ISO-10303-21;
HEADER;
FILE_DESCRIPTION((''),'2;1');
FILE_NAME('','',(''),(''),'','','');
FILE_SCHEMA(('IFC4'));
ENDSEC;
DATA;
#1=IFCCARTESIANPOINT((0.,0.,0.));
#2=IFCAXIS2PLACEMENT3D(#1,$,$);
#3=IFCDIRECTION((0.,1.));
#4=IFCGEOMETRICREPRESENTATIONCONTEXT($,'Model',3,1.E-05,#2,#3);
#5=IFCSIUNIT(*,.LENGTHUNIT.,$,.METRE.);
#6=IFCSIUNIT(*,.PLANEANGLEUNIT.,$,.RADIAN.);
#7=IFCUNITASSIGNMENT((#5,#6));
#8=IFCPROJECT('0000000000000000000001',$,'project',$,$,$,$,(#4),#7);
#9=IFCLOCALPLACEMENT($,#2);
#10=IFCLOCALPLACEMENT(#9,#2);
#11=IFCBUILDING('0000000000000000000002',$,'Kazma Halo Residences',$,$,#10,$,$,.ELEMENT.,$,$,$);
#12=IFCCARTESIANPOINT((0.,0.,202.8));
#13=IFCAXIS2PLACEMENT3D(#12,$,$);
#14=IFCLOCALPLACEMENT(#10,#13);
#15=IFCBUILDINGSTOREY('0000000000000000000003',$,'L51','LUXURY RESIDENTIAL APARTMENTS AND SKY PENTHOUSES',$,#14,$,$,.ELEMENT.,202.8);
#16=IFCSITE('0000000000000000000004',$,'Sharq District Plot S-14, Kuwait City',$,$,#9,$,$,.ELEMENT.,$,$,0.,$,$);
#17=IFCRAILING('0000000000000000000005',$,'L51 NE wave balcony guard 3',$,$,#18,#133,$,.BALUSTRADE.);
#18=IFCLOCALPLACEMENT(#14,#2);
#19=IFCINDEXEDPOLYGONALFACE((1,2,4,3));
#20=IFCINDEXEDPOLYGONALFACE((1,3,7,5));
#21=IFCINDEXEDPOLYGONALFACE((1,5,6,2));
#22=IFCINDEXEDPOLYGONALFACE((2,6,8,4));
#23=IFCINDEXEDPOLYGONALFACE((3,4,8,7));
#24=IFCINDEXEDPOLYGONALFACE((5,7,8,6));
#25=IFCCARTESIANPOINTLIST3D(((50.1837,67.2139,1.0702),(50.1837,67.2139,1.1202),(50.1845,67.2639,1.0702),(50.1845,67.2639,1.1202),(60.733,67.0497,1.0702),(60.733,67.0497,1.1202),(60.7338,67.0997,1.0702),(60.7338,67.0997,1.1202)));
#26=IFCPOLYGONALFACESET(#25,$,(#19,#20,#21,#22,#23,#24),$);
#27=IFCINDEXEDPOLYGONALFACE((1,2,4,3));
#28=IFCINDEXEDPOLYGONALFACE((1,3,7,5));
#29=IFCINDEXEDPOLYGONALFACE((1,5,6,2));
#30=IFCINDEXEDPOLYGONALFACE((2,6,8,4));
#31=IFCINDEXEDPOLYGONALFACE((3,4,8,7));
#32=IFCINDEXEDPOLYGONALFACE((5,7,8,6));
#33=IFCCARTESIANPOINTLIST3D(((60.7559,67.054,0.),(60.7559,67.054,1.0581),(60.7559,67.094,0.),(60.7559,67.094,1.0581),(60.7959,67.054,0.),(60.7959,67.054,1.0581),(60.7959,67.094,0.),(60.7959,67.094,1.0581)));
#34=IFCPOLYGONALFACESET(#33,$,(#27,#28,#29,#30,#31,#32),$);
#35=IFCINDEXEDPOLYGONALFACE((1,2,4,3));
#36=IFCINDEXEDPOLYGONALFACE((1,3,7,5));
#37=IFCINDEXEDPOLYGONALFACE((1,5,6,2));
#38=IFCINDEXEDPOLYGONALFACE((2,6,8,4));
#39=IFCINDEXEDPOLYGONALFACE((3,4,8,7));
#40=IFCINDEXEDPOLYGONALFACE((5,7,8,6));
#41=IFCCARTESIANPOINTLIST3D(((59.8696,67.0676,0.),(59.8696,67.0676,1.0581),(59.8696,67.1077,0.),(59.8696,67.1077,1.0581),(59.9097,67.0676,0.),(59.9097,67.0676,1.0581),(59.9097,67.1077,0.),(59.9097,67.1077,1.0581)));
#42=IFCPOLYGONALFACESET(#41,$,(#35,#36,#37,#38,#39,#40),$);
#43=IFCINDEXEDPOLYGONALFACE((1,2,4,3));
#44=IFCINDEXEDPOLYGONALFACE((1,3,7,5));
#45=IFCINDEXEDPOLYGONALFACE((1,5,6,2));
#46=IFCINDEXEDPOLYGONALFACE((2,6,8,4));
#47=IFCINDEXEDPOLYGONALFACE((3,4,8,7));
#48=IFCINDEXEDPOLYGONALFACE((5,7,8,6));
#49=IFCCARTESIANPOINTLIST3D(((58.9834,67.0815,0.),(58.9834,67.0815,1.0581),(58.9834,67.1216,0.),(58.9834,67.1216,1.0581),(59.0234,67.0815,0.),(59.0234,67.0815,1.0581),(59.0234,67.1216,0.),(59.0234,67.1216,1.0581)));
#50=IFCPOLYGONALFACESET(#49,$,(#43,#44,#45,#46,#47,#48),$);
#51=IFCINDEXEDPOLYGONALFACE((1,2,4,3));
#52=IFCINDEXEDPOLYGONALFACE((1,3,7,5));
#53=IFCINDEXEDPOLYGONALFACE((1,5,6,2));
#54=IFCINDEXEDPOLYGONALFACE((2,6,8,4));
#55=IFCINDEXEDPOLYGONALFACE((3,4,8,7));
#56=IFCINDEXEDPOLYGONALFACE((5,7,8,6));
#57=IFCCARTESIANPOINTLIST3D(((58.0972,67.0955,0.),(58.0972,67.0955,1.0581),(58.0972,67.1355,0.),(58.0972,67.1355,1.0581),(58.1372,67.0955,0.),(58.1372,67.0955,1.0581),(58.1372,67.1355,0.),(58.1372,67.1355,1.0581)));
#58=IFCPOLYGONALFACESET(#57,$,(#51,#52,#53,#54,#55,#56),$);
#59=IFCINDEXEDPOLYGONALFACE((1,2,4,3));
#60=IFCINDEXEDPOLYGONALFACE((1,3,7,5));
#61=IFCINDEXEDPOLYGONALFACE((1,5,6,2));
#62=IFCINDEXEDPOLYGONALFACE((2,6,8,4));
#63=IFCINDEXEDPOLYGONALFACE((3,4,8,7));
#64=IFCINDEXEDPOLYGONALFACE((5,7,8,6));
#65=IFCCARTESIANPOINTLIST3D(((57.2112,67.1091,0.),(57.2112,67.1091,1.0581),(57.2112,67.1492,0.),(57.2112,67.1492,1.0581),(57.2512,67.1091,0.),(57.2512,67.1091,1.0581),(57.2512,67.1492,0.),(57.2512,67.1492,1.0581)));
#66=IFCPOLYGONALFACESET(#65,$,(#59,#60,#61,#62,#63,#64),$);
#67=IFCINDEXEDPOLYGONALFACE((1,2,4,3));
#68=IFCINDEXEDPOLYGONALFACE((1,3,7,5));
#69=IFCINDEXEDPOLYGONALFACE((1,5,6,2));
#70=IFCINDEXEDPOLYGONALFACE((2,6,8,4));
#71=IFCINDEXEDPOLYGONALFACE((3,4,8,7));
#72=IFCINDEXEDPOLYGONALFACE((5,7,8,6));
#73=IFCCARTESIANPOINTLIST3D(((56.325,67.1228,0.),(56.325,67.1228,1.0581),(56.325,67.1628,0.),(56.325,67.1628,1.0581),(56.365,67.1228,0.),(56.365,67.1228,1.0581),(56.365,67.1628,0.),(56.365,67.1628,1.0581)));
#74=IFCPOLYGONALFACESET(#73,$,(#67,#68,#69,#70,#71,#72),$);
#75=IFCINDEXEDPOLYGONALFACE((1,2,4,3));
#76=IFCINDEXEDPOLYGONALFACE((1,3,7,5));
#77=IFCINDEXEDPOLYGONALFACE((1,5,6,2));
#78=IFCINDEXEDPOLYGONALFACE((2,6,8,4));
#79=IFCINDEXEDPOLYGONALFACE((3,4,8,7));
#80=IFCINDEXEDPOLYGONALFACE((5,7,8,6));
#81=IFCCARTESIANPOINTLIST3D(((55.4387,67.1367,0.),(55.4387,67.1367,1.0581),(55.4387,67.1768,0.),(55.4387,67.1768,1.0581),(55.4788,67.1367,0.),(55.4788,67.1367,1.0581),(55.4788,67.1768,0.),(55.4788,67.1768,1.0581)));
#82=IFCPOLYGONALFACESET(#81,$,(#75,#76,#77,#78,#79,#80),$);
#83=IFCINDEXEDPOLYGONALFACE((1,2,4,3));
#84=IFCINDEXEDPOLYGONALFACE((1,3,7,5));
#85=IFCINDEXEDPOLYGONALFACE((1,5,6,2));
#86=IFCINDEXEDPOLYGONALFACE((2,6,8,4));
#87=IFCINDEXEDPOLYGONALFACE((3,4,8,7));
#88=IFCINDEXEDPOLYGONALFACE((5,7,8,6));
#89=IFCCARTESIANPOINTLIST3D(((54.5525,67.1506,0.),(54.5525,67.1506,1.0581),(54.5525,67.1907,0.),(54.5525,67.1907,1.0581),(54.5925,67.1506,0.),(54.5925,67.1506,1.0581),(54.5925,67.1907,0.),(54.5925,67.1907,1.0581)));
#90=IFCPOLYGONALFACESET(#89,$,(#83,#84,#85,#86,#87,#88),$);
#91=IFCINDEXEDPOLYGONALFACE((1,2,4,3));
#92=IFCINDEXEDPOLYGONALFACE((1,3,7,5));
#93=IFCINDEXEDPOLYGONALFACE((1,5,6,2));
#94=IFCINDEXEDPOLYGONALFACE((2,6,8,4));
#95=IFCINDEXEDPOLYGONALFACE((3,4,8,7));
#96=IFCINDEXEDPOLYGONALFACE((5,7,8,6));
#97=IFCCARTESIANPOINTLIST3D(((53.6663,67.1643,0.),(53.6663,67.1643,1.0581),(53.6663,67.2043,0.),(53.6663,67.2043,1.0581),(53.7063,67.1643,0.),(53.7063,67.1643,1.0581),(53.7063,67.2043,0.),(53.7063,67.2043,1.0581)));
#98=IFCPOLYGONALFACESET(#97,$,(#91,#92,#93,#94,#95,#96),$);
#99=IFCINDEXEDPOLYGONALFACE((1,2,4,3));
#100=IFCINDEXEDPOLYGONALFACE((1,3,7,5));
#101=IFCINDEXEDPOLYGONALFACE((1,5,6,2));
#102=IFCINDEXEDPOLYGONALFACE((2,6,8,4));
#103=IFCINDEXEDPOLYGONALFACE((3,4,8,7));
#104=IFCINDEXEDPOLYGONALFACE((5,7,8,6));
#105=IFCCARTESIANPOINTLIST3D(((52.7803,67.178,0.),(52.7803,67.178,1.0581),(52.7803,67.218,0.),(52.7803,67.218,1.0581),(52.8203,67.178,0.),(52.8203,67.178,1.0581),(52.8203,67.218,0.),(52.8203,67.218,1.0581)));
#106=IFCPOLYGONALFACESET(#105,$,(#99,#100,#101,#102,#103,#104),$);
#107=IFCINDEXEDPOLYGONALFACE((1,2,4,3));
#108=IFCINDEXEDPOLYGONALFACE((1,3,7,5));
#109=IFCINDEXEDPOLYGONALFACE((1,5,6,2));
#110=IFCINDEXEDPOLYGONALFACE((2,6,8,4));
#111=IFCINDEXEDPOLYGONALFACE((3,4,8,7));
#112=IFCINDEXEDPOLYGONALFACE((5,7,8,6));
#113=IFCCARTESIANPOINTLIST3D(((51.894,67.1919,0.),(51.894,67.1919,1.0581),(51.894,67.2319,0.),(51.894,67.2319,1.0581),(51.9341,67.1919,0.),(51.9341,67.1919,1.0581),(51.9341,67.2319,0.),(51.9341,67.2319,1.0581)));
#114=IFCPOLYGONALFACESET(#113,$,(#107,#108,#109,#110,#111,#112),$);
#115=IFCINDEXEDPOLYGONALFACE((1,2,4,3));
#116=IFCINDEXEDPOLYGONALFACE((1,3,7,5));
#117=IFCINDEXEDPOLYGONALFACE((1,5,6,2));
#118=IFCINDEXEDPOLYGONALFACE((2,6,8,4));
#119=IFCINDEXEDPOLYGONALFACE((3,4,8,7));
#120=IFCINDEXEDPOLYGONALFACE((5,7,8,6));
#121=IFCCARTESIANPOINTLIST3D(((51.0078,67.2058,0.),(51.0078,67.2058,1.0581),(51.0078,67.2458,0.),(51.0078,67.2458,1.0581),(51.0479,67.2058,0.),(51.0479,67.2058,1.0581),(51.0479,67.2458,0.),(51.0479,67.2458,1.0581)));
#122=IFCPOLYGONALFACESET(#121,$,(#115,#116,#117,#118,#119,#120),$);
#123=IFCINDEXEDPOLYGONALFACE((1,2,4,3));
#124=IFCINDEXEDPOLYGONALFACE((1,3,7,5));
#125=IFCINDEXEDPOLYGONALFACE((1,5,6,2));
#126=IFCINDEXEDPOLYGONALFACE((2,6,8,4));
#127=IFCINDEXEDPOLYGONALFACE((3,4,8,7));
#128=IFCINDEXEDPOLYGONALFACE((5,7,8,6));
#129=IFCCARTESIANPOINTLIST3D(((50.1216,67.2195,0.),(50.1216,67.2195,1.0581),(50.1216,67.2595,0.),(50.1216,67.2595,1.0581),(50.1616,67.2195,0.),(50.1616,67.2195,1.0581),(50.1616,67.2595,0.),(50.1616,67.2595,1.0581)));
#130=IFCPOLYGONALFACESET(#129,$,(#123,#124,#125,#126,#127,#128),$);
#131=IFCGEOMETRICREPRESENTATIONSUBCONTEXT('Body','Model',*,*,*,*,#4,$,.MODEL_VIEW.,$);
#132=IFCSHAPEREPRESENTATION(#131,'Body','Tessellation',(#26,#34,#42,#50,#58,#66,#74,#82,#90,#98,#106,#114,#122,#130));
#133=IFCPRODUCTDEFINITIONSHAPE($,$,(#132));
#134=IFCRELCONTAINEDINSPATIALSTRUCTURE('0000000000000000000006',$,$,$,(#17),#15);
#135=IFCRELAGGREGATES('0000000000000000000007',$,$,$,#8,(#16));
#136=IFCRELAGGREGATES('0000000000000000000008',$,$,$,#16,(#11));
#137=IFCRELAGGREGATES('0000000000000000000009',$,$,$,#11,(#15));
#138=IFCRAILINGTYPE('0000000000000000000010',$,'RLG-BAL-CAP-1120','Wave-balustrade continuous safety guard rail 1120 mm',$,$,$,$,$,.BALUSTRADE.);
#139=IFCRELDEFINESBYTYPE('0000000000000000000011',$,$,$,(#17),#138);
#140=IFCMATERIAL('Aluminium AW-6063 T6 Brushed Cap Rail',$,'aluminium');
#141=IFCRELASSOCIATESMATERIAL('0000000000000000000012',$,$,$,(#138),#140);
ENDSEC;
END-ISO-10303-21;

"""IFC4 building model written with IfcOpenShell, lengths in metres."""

from ifc_helpers import new_model, si_unit, direction, frame, origin, origin_2d, place, context, subcontext, project, spatial, rectangle, extrude, material, type_object, element, save


model = new_model("IFC4")

# Units and contexts
model_context = context("Model", 3, precision=1e-05, world=origin(), true_north=direction((0.0, 1.0)))
body_context = subcontext(model_context, "Body", "Model", "MODEL_VIEW")
ifc_project = project(units=[si_unit("LENGTHUNIT", "METRE"), si_unit("PLANEANGLEUNIT", "RADIAN")], contexts=[model_context])

# Site, building, storey
site_placement = place(None, origin())
site = spatial("IfcSite", under=ifc_project, at=site_placement, Name="Sharq District Plot S-14, Kuwait City", CompositionType="ELEMENT", RefElevation=0.0)
building_placement = place(site_placement, origin())
building = spatial("IfcBuilding", under=site, at=building_placement, Name="Kazma Halo Residences", CompositionType="ELEMENT")
storey_placement = place(building_placement, frame((0.0, 0.0, 202.8)))
storey = spatial("IfcBuildingStorey", under=building, at=storey_placement, Name="L51", Description="LUXURY RESIDENTIAL APARTMENTS AND SKY PENTHOUSES", CompositionType="ELEMENT", Elevation=202.8)

# Railing
ifc_material_1 = material(Name="Aluminium AW-6063 T6 Brushed Cap Rail", Category="aluminium")
railing_type = type_object("IfcRailingType", Name="RLG-BAL-CAP-1120", Description="Wave-balustrade continuous safety guard rail 1120 mm", PredefinedType="BALUSTRADE", material=ifc_material_1)
railing_1_placement = place(storey_placement, frame((60.7759, 67.074, 0.0)))
element("IfcRailing", 1, at=railing_1_placement, inside=storey, type_object=railing_type, Name="L51 NE wave balcony guard 3", PredefinedType="BALUSTRADE", context=body_context, shape_type="SweptSolid", body=[
    extrude(rectangle(XDim=0.05, YDim=0.05, at=origin_2d()), frame((-0.0425, 0.0007, 1.0952), z_axis=(-0.999879, 0.015564, 0.0), x_axis=(-0.015564, -0.999879, 0.0)), (0.0, 0.0, 1.0), 10.5505),
    extrude(rectangle(XDim=0.04, YDim=0.04, at=origin_2d()), origin(), (0.0, 0.0, 1.0), 1.0581),
    extrude(rectangle(XDim=0.04, YDim=0.04, at=origin_2d()), frame((-0.8862, 0.0137, 0.0)), (0.0, 0.0, 1.0), 1.0581),
    extrude(rectangle(XDim=0.04, YDim=0.04, at=origin_2d()), frame((-1.7725, 0.0276, 0.0)), (0.0, 0.0, 1.0), 1.0581),
    extrude(rectangle(XDim=0.04, YDim=0.04, at=origin_2d()), frame((-2.6587, 0.0415, 0.0)), (0.0, 0.0, 1.0), 1.0581),
    extrude(rectangle(XDim=0.04, YDim=0.04, at=origin_2d()), frame((-3.5447, 0.0552, 0.0)), (0.0, 0.0, 1.0), 1.0581),
    extrude(rectangle(XDim=0.04, YDim=0.04, at=origin_2d()), frame((-4.4309, 0.0688, 0.0)), (0.0, 0.0, 1.0), 1.0581),
    extrude(rectangle(XDim=0.04, YDim=0.04, at=origin_2d()), frame((-5.3171, 0.0828, 0.0)), (0.0, 0.0, 1.0), 1.0581),
    extrude(rectangle(XDim=0.04, YDim=0.04, at=origin_2d()), frame((-6.2034, 0.0967, 0.0)), (0.0, 0.0, 1.0), 1.0581),
    extrude(rectangle(XDim=0.04, YDim=0.04, at=origin_2d()), frame((-7.0896, 0.1104, 0.0)), (0.0, 0.0, 1.0), 1.0581),
    extrude(rectangle(XDim=0.04, YDim=0.04, at=origin_2d()), frame((-7.9756, 0.124, 0.0)), (0.0, 0.0, 1.0), 1.0581),
    extrude(rectangle(XDim=0.04, YDim=0.04, at=origin_2d()), frame((-8.8618, 0.1379, 0.0)), (0.0, 0.0, 1.0), 1.0581),
    extrude(rectangle(XDim=0.04, YDim=0.04, at=origin_2d()), frame((-9.748, 0.1519, 0.0)), (0.0, 0.0, 1.0), 1.0581),
    extrude(rectangle(XDim=0.04, YDim=0.04, at=origin_2d()), frame((-10.6343, 0.1655, 0.0)), (0.0, 0.0, 1.0), 1.0581),
])

save(model, "model.ifc")
